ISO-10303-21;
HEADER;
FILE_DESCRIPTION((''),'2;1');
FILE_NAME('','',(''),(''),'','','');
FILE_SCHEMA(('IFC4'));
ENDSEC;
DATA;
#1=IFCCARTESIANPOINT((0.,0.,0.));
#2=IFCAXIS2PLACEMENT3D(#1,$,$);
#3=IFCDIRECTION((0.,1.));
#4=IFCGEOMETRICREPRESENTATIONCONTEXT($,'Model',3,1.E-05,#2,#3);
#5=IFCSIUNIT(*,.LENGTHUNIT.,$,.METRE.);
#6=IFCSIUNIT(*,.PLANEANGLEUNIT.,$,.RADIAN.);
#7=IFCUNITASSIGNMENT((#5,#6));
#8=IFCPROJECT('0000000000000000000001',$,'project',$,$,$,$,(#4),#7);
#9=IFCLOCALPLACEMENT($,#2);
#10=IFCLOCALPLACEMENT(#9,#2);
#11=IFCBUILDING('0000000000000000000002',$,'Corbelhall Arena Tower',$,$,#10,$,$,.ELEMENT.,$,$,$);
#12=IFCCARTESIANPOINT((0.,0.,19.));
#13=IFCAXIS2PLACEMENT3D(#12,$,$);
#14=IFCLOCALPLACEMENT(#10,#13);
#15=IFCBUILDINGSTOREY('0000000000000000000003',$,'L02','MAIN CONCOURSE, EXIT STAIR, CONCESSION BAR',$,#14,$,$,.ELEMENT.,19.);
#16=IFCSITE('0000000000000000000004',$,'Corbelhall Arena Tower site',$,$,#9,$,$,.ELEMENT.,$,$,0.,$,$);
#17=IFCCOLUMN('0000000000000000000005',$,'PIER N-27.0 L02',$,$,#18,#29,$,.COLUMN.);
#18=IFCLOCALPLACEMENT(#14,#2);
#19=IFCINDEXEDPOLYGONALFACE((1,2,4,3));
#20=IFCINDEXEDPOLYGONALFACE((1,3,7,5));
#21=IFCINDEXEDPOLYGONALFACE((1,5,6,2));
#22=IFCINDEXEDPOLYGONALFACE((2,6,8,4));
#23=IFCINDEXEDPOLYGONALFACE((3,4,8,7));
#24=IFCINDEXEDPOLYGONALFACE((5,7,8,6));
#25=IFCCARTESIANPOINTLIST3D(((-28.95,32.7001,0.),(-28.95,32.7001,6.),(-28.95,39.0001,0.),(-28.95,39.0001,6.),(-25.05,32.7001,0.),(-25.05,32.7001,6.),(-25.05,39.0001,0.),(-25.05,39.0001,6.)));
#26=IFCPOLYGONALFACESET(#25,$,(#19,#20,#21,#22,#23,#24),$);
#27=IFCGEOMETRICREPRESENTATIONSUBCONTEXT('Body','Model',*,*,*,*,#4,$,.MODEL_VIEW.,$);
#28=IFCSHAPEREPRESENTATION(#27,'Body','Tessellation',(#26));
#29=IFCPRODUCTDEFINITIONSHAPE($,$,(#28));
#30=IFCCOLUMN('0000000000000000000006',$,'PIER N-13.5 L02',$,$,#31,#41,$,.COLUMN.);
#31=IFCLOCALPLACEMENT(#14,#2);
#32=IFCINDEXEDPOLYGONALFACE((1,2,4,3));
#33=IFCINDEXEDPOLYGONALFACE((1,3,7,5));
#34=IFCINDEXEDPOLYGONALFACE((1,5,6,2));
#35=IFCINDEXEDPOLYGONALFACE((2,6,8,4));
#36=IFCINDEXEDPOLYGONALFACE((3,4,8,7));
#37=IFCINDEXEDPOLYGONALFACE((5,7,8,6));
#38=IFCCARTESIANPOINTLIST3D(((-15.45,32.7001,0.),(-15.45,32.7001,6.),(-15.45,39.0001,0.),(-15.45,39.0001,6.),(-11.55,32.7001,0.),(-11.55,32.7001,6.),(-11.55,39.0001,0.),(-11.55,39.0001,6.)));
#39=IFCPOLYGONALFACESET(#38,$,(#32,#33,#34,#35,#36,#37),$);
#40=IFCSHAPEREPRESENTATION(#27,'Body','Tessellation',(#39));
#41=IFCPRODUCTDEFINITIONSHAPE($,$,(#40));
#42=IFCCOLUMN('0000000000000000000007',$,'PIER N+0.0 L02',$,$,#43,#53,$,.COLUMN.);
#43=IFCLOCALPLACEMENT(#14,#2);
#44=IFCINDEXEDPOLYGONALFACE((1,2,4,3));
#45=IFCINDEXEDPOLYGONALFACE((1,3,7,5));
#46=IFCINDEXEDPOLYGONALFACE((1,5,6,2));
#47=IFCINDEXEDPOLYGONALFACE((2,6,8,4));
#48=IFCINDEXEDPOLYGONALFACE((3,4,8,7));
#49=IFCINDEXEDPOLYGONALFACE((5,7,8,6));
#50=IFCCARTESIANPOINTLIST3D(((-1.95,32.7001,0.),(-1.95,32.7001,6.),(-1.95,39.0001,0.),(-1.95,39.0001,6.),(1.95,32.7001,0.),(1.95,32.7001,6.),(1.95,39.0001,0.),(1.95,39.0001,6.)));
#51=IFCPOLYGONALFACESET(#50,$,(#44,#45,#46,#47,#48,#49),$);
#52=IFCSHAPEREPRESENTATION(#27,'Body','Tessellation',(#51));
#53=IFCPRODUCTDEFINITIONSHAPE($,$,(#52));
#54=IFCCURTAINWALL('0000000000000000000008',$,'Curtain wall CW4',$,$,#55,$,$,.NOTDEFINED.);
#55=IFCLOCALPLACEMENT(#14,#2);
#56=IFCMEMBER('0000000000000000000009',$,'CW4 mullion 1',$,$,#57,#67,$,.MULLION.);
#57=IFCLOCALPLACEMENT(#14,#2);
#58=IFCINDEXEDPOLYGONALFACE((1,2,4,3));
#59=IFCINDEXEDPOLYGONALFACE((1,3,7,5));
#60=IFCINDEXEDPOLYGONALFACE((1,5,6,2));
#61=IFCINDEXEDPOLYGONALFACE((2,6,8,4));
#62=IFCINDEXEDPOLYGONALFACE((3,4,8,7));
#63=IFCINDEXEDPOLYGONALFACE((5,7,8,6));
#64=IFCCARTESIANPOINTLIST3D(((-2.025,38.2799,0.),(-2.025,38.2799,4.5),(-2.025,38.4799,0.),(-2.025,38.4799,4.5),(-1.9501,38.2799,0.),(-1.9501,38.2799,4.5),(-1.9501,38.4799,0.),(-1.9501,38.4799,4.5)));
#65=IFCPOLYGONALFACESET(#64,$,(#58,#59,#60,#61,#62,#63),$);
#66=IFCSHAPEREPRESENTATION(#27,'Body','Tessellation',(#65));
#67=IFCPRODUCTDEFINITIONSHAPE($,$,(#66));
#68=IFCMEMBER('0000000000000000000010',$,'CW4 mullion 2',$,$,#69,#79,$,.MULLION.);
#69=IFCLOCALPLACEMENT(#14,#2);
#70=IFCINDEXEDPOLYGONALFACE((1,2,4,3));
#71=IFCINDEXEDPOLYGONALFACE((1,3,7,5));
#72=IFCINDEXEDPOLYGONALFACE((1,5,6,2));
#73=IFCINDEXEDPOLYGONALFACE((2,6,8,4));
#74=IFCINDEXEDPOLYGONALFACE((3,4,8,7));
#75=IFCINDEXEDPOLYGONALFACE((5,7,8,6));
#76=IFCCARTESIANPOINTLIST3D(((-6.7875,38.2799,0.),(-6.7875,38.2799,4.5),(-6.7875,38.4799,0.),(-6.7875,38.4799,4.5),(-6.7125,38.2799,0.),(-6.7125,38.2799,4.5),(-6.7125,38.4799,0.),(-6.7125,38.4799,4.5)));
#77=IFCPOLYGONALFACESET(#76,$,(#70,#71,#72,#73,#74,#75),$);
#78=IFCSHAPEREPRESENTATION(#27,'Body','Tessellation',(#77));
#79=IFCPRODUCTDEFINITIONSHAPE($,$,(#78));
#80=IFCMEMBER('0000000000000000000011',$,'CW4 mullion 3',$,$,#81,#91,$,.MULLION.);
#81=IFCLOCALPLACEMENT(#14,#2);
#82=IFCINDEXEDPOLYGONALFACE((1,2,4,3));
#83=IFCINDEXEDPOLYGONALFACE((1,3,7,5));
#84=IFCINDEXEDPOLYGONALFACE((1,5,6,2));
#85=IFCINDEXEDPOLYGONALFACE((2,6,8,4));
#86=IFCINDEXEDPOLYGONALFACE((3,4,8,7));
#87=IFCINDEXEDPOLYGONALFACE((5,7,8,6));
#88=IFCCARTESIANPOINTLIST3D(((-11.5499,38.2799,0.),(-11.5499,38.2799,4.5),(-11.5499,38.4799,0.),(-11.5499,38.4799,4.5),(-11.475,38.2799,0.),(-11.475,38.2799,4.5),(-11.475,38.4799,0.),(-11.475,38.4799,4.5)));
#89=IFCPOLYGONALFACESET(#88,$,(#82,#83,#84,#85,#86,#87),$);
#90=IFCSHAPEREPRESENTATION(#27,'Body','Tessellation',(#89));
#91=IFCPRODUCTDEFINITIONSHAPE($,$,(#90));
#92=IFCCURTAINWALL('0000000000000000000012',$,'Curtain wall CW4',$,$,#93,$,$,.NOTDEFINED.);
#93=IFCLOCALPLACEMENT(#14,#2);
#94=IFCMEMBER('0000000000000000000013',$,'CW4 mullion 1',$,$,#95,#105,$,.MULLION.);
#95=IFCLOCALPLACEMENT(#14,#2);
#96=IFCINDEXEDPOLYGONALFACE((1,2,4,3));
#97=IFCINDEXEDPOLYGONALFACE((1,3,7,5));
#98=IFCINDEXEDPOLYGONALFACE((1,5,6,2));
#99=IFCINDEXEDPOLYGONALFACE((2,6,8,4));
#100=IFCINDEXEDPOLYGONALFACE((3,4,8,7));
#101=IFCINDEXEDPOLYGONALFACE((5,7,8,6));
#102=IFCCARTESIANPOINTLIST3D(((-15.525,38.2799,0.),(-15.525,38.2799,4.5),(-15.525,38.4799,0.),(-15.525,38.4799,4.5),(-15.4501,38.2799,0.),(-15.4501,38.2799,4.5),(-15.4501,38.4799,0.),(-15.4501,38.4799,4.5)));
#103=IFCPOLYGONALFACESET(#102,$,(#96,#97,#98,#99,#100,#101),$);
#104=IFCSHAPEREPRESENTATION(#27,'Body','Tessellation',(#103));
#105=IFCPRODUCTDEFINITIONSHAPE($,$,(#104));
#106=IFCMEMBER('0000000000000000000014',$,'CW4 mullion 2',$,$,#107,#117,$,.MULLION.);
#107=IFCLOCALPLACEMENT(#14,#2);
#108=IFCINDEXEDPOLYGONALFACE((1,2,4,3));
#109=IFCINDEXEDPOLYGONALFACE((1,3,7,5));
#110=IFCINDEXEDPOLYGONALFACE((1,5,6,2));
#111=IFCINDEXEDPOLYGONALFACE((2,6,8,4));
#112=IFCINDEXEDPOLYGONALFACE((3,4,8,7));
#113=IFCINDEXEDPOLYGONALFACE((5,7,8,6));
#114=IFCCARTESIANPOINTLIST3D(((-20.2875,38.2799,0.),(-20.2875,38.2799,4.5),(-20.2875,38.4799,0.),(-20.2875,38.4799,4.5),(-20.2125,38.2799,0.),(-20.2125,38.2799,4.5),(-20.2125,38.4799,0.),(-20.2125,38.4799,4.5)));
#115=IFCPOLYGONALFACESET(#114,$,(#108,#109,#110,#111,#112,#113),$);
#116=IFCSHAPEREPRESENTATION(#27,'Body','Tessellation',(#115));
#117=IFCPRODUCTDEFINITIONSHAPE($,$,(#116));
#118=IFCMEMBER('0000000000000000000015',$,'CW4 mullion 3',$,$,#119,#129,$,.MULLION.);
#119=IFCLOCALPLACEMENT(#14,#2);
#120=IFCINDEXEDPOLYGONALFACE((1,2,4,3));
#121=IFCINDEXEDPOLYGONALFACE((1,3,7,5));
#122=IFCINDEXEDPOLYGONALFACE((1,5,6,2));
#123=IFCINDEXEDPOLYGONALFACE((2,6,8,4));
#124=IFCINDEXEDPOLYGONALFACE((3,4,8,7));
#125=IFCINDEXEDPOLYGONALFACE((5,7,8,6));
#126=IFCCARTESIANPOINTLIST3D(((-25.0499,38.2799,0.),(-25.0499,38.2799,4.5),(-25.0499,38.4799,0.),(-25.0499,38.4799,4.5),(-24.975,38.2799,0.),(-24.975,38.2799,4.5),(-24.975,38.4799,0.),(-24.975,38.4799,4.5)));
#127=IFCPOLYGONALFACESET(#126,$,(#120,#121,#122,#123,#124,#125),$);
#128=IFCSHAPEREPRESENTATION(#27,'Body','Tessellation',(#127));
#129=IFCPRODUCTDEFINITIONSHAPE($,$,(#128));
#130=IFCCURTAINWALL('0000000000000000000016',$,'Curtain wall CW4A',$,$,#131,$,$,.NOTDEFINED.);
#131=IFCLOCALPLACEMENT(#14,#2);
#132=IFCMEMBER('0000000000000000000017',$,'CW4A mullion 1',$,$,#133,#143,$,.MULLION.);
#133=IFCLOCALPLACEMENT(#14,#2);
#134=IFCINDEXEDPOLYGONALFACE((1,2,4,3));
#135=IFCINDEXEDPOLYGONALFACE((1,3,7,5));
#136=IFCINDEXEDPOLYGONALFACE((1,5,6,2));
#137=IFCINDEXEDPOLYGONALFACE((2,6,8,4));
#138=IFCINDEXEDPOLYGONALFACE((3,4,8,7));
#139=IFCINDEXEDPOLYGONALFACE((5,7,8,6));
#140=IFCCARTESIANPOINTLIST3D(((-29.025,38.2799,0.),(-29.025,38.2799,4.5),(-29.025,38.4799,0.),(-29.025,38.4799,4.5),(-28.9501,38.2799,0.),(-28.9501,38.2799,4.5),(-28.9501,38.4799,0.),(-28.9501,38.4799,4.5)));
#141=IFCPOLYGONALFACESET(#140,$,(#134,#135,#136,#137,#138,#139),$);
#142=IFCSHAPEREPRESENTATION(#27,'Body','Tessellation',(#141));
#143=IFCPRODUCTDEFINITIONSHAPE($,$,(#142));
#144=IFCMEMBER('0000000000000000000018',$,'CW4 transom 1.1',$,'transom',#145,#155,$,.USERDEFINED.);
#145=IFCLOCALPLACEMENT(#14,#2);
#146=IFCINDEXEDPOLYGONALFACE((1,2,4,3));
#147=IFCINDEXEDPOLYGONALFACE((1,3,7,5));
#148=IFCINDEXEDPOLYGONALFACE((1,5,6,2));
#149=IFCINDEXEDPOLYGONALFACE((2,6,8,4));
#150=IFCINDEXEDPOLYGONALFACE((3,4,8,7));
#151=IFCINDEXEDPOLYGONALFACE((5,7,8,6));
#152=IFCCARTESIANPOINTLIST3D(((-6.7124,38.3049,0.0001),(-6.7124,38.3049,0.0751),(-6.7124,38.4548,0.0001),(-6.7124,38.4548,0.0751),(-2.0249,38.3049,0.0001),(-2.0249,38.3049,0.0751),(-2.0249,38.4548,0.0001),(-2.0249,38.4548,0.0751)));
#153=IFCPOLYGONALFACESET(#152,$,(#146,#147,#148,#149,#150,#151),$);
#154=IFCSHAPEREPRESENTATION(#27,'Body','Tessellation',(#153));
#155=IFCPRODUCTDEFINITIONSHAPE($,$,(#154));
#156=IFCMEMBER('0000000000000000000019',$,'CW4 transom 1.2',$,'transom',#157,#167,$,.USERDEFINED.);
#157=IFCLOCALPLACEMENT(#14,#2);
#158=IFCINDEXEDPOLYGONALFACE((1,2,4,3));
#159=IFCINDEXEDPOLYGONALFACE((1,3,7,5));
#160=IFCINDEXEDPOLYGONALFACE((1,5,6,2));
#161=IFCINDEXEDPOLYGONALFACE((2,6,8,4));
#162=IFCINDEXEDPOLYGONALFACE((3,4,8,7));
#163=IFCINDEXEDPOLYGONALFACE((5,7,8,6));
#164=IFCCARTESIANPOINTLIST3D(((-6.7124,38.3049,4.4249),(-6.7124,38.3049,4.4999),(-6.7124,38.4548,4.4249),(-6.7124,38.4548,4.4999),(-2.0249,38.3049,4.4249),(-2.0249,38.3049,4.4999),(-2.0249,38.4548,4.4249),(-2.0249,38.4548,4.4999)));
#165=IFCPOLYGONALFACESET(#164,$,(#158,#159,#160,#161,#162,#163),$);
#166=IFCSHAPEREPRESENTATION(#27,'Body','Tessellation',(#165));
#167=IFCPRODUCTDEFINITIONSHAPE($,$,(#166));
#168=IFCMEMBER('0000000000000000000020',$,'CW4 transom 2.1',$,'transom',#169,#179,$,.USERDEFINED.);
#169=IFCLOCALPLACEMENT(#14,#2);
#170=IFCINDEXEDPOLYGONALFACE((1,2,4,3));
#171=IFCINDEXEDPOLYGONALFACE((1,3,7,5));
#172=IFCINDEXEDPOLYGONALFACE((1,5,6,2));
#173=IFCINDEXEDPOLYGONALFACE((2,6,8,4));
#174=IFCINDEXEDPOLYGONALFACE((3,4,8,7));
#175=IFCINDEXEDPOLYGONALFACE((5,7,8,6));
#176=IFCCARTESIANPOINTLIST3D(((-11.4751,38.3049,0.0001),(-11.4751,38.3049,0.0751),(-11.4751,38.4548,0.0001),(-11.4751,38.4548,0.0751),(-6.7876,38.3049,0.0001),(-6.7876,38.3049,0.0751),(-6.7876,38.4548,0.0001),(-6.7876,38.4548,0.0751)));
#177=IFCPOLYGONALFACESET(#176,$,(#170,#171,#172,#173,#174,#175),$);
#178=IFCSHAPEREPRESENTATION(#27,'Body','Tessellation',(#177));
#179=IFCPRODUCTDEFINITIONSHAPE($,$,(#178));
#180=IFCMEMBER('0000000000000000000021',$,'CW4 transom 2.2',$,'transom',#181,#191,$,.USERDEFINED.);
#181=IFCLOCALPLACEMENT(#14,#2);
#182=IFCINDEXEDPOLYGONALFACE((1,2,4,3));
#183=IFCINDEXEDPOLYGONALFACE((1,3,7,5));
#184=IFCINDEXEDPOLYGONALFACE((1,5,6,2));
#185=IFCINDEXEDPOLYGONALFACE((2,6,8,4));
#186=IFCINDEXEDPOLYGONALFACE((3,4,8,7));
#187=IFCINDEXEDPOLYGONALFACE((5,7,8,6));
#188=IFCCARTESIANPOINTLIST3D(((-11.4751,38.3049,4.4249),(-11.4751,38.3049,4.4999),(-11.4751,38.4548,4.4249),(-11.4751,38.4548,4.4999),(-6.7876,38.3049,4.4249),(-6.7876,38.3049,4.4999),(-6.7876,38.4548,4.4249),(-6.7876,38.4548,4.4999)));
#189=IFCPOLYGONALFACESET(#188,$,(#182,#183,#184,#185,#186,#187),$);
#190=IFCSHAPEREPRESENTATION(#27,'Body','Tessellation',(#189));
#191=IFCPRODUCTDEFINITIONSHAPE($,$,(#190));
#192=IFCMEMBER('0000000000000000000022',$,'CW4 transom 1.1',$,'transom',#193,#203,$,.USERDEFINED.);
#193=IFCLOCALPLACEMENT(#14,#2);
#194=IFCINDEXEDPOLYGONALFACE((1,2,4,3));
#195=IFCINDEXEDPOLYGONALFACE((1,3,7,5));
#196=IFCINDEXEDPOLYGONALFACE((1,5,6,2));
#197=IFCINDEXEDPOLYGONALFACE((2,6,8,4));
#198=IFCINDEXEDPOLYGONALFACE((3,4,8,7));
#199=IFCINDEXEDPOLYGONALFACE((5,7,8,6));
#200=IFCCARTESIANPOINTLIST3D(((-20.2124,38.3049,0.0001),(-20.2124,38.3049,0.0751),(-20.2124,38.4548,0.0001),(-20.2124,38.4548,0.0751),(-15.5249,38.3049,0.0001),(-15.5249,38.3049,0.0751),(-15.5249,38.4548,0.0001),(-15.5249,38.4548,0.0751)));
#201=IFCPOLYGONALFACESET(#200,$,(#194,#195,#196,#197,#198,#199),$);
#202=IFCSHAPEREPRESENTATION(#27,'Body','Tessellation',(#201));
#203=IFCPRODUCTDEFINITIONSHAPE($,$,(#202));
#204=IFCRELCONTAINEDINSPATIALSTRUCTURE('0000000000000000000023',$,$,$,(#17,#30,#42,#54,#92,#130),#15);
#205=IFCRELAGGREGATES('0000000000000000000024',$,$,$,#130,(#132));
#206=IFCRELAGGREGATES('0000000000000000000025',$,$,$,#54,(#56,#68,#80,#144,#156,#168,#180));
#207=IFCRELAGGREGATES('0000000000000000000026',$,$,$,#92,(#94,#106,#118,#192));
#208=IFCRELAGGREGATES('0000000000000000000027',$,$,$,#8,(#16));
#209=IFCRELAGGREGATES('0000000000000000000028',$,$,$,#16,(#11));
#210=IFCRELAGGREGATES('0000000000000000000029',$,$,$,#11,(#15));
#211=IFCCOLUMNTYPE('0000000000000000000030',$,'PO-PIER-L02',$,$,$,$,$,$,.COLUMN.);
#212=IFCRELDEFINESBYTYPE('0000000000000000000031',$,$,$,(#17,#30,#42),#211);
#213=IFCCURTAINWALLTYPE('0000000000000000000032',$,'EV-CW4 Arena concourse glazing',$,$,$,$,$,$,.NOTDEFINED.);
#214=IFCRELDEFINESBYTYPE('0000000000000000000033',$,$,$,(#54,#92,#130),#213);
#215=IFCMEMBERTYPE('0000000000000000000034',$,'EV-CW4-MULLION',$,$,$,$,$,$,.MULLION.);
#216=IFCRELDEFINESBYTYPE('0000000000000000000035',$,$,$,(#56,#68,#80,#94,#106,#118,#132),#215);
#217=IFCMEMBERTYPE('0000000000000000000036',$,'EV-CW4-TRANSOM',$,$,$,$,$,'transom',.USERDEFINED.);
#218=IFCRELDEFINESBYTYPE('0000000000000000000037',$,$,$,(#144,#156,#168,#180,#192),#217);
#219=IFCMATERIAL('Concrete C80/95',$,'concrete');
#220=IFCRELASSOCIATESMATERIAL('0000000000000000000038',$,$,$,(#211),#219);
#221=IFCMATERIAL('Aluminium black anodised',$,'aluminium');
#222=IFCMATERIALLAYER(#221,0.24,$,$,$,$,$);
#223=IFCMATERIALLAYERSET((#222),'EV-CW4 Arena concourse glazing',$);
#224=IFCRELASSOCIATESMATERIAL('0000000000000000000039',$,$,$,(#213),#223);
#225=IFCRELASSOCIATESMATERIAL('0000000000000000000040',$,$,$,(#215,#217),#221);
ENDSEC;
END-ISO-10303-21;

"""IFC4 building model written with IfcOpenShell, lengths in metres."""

from ifc_helpers import new_model, si_unit, direction, frame, origin, origin_2d, place, context, subcontext, project, spatial, rectangle, extrude, material, layer, layer_set, material_profile, profile_set, type_object, element, aggregate, save


model = new_model("IFC4")

# Units and contexts
model_context = context("Model", 3, precision=1e-05, world=origin(), true_north=direction((0.0, 1.0)))
body_context = subcontext(model_context, "Body", "Model", "MODEL_VIEW")
ifc_project = project(units=[si_unit("LENGTHUNIT", "METRE"), si_unit("PLANEANGLEUNIT", "RADIAN")], contexts=[model_context])

# Site, building, storey
site_placement = place(None, origin())
site = spatial("IfcSite", under=ifc_project, at=site_placement, Name="Corbelhall Arena Tower site", CompositionType="ELEMENT", RefElevation=0.0)
building_placement = place(site_placement, origin())
building = spatial("IfcBuilding", under=site, at=building_placement, Name="Corbelhall Arena Tower", CompositionType="ELEMENT")
storey_placement = place(building_placement, frame((0.0, 0.0, 19.0)))
storey = spatial("IfcBuildingStorey", under=building, at=storey_placement, Name="L02", Description="MAIN CONCOURSE, EXIT STAIR, CONCESSION BAR", CompositionType="ELEMENT", Elevation=19.0)

# Columns
ifc_material_1 = material(Name="Concrete C80/95", Category="concrete")
ifc_material_profile_1 = material_profile(ifc_material_1, rectangle(XDim=3.8999, YDim=6.3, at=origin_2d()))
ifc_profile_set_1 = profile_set([ifc_material_profile_1], Name="Concrete C80/95")
column_type = type_object("IfcColumnType", Name="PO-PIER-L02", PredefinedType="COLUMN", material=ifc_profile_set_1)
for number, where, z_axis, x_axis, name in (
    (1, (-27.0, 35.8501, 0.0), (0.0, 0.0, 1.0), (1.0, 0.0, 0.0), "PIER N-27.0 L02"),
    (2, (-13.5, 35.8501, 0.0), (0.0, 0.0, 1.0), (1.0, 0.0, 0.0), "PIER N-13.5 L02"),
    (3, (0.0, 35.8501, 0.0), (0.0, 0.0, 1.0), (1.0, 0.0, 0.0), "PIER N+0.0 L02"),
):
    element("IfcColumn", number, at=place(storey_placement, frame(where, z_axis=z_axis, x_axis=x_axis)), inside=storey, type_object=column_type, Name=name, PredefinedType="COLUMN", context=body_context, shape_type="SweptSolid", body=[
        extrude(rectangle(XDim=3.8999, YDim=6.3, at=origin_2d()), origin(), (0.0, 0.0, 1.0), 6.0),
    ])

# Curtain walls, members
ifc_material_2 = material(Name="Aluminium black anodised", Category="aluminium")
ifc_layer_1 = layer(ifc_material_2, 0.24)
ifc_layer_set_1 = layer_set([ifc_layer_1], Name="EV-CW4 Arena concourse glazing")
curtain_wall_type = type_object("IfcCurtainWallType", Name="EV-CW4 Arena concourse glazing", PredefinedType="NOTDEFINED", material=ifc_layer_set_1)
curtain_wall_1_placement = place(storey_placement, origin())
curtain_wall_1 = element("IfcCurtainWall", 4, at=curtain_wall_1_placement, inside=storey, type_object=curtain_wall_type, Name="Curtain wall CW4", PredefinedType="NOTDEFINED")
ifc_material_profile_2 = material_profile(ifc_material_2, rectangle(XDim=0.2, YDim=0.075, at=origin_2d()))
ifc_profile_set_2 = profile_set([ifc_material_profile_2], Name="Aluminium black anodised")
member_type_1 = type_object("IfcMemberType", Name="EV-CW4-MULLION", PredefinedType="MULLION", material=ifc_profile_set_2)
member_1_placement = place(storey_placement, frame((-1.9875, 38.3799, 0.0), z_axis=(0.0, 0.0, 1.0), x_axis=(0.0, -1.0, 0.0)))
member_1 = element("IfcMember", 5, at=member_1_placement, type_object=member_type_1, Name="CW4 mullion 1", PredefinedType="MULLION", context=body_context, shape_type="SweptSolid", body=[
    extrude(rectangle(XDim=0.2, YDim=0.075, at=origin_2d()), origin(), (0.0, 0.0, 1.0), 4.5),
])
member_2_placement = place(storey_placement, frame((-6.75, 38.3799, 0.0), z_axis=(0.0, 0.0, 1.0), x_axis=(0.0, -1.0, 0.0)))
member_2 = element("IfcMember", 6, at=member_2_placement, type_object=member_type_1, Name="CW4 mullion 2", PredefinedType="MULLION", context=body_context, shape_type="SweptSolid", body=[
    extrude(rectangle(XDim=0.2, YDim=0.075, at=origin_2d()), origin(), (0.0, 0.0, 1.0), 4.5),
])
member_3_placement = place(storey_placement, frame((-11.5125, 38.3799, 0.0), z_axis=(0.0, 0.0, 1.0), x_axis=(0.0, -1.0, 0.0)))
member_3 = element("IfcMember", 7, at=member_3_placement, type_object=member_type_1, Name="CW4 mullion 3", PredefinedType="MULLION", context=body_context, shape_type="SweptSolid", body=[
    extrude(rectangle(XDim=0.2, YDim=0.075, at=origin_2d()), origin(), (0.0, 0.0, 1.0), 4.5),
])
curtain_wall_2_placement = place(storey_placement, origin())
curtain_wall_2 = element("IfcCurtainWall", 8, at=curtain_wall_2_placement, inside=storey, type_object=curtain_wall_type, Name="Curtain wall CW4", PredefinedType="NOTDEFINED")
member_4_placement = place(storey_placement, frame((-15.4875, 38.3799, 0.0), z_axis=(0.0, 0.0, 1.0), x_axis=(0.0, -1.0, 0.0)))
member_4 = element("IfcMember", 9, at=member_4_placement, type_object=member_type_1, Name="CW4 mullion 1", PredefinedType="MULLION", context=body_context, shape_type="SweptSolid", body=[
    extrude(rectangle(XDim=0.2, YDim=0.075, at=origin_2d()), origin(), (0.0, 0.0, 1.0), 4.5),
])
member_5_placement = place(storey_placement, frame((-20.25, 38.3799, 0.0), z_axis=(0.0, 0.0, 1.0), x_axis=(0.0, -1.0, 0.0)))
member_5 = element("IfcMember", 10, at=member_5_placement, type_object=member_type_1, Name="CW4 mullion 2", PredefinedType="MULLION", context=body_context, shape_type="SweptSolid", body=[
    extrude(rectangle(XDim=0.2, YDim=0.075, at=origin_2d()), origin(), (0.0, 0.0, 1.0), 4.5),
])
member_6_placement = place(storey_placement, frame((-25.0125, 38.3799, 0.0), z_axis=(0.0, 0.0, 1.0), x_axis=(0.0, -1.0, 0.0)))
member_6 = element("IfcMember", 11, at=member_6_placement, type_object=member_type_1, Name="CW4 mullion 3", PredefinedType="MULLION", context=body_context, shape_type="SweptSolid", body=[
    extrude(rectangle(XDim=0.2, YDim=0.075, at=origin_2d()), origin(), (0.0, 0.0, 1.0), 4.5),
])

# Curtain wall, member
curtain_wall_3_placement = place(storey_placement, origin())
curtain_wall_3 = element("IfcCurtainWall", 12, at=curtain_wall_3_placement, inside=storey, type_object=curtain_wall_type, Name="Curtain wall CW4A", PredefinedType="NOTDEFINED")
member_7_placement = place(storey_placement, frame((-28.9875, 38.3799, 0.0), z_axis=(0.0, 0.0, 1.0), x_axis=(0.0, -1.0, 0.0)))
member_7 = element("IfcMember", 13, at=member_7_placement, type_object=member_type_1, Name="CW4A mullion 1", PredefinedType="MULLION", context=body_context, shape_type="SweptSolid", body=[
    extrude(rectangle(XDim=0.2, YDim=0.075, at=origin_2d()), origin(), (0.0, 0.0, 1.0), 4.5),
])
aggregate(curtain_wall_3, [member_7])

# Members
ifc_material_profile_3 = material_profile(ifc_material_2, rectangle(XDim=0.1499, YDim=0.075, at=origin_2d()))
ifc_profile_set_3 = profile_set([ifc_material_profile_3], Name="Aluminium black anodised")
member_type_2 = type_object("IfcMemberType", Name="EV-CW4-TRANSOM", ElementType="transom", PredefinedType="USERDEFINED", material=ifc_profile_set_3)
member_8_placement = place(storey_placement, frame((-2.0249, 38.3799, 0.0376), z_axis=(-1.0, 0.0, 0.0), x_axis=(0.0, -1.0, 0.0)))
member_8 = element("IfcMember", 14, at=member_8_placement, type_object=member_type_2, Name="CW4 transom 1.1", ObjectType="transom", PredefinedType="USERDEFINED", context=body_context, shape_type="SweptSolid", body=[
    extrude(rectangle(XDim=0.1499, YDim=0.075, at=origin_2d()), origin(), (0.0, 0.0, 1.0), 4.6875),
])
member_9_placement = place(storey_placement, frame((-2.0249, 38.3799, 4.4624), z_axis=(-1.0, 0.0, 0.0), x_axis=(0.0, -1.0, 0.0)))
member_9 = element("IfcMember", 15, at=member_9_placement, type_object=member_type_2, Name="CW4 transom 1.2", ObjectType="transom", PredefinedType="USERDEFINED", context=body_context, shape_type="SweptSolid", body=[
    extrude(rectangle(XDim=0.1499, YDim=0.075, at=origin_2d()), origin(), (0.0, 0.0, 1.0), 4.6875),
])
member_10_placement = place(storey_placement, frame((-6.7876, 38.3799, 0.0376), z_axis=(-1.0, 0.0, 0.0), x_axis=(0.0, -1.0, 0.0)))
member_10 = element("IfcMember", 16, at=member_10_placement, type_object=member_type_2, Name="CW4 transom 2.1", ObjectType="transom", PredefinedType="USERDEFINED", context=body_context, shape_type="SweptSolid", body=[
    extrude(rectangle(XDim=0.1499, YDim=0.075, at=origin_2d()), origin(), (0.0, 0.0, 1.0), 4.6875),
])
member_11_placement = place(storey_placement, frame((-6.7876, 38.3799, 4.4624), z_axis=(-1.0, 0.0, 0.0), x_axis=(0.0, -1.0, 0.0)))
member_11 = element("IfcMember", 17, at=member_11_placement, type_object=member_type_2, Name="CW4 transom 2.2", ObjectType="transom", PredefinedType="USERDEFINED", context=body_context, shape_type="SweptSolid", body=[
    extrude(rectangle(XDim=0.1499, YDim=0.075, at=origin_2d()), origin(), (0.0, 0.0, 1.0), 4.6875),
])
member_12_placement = place(storey_placement, frame((-15.5249, 38.3799, 0.0376), z_axis=(-1.0, 0.0, 0.0), x_axis=(0.0, -1.0, 0.0)))
member_12 = element("IfcMember", 18, at=member_12_placement, type_object=member_type_2, Name="CW4 transom 1.1", ObjectType="transom", PredefinedType="USERDEFINED", context=body_context, shape_type="SweptSolid", body=[
    extrude(rectangle(XDim=0.1499, YDim=0.075, at=origin_2d()), origin(), (0.0, 0.0, 1.0), 4.6875),
])

aggregate(curtain_wall_1, [member_1, member_2, member_3, member_8, member_9, member_10, member_11])
aggregate(curtain_wall_2, [member_4, member_5, member_6, member_12])

save(model, "model.ifc")
